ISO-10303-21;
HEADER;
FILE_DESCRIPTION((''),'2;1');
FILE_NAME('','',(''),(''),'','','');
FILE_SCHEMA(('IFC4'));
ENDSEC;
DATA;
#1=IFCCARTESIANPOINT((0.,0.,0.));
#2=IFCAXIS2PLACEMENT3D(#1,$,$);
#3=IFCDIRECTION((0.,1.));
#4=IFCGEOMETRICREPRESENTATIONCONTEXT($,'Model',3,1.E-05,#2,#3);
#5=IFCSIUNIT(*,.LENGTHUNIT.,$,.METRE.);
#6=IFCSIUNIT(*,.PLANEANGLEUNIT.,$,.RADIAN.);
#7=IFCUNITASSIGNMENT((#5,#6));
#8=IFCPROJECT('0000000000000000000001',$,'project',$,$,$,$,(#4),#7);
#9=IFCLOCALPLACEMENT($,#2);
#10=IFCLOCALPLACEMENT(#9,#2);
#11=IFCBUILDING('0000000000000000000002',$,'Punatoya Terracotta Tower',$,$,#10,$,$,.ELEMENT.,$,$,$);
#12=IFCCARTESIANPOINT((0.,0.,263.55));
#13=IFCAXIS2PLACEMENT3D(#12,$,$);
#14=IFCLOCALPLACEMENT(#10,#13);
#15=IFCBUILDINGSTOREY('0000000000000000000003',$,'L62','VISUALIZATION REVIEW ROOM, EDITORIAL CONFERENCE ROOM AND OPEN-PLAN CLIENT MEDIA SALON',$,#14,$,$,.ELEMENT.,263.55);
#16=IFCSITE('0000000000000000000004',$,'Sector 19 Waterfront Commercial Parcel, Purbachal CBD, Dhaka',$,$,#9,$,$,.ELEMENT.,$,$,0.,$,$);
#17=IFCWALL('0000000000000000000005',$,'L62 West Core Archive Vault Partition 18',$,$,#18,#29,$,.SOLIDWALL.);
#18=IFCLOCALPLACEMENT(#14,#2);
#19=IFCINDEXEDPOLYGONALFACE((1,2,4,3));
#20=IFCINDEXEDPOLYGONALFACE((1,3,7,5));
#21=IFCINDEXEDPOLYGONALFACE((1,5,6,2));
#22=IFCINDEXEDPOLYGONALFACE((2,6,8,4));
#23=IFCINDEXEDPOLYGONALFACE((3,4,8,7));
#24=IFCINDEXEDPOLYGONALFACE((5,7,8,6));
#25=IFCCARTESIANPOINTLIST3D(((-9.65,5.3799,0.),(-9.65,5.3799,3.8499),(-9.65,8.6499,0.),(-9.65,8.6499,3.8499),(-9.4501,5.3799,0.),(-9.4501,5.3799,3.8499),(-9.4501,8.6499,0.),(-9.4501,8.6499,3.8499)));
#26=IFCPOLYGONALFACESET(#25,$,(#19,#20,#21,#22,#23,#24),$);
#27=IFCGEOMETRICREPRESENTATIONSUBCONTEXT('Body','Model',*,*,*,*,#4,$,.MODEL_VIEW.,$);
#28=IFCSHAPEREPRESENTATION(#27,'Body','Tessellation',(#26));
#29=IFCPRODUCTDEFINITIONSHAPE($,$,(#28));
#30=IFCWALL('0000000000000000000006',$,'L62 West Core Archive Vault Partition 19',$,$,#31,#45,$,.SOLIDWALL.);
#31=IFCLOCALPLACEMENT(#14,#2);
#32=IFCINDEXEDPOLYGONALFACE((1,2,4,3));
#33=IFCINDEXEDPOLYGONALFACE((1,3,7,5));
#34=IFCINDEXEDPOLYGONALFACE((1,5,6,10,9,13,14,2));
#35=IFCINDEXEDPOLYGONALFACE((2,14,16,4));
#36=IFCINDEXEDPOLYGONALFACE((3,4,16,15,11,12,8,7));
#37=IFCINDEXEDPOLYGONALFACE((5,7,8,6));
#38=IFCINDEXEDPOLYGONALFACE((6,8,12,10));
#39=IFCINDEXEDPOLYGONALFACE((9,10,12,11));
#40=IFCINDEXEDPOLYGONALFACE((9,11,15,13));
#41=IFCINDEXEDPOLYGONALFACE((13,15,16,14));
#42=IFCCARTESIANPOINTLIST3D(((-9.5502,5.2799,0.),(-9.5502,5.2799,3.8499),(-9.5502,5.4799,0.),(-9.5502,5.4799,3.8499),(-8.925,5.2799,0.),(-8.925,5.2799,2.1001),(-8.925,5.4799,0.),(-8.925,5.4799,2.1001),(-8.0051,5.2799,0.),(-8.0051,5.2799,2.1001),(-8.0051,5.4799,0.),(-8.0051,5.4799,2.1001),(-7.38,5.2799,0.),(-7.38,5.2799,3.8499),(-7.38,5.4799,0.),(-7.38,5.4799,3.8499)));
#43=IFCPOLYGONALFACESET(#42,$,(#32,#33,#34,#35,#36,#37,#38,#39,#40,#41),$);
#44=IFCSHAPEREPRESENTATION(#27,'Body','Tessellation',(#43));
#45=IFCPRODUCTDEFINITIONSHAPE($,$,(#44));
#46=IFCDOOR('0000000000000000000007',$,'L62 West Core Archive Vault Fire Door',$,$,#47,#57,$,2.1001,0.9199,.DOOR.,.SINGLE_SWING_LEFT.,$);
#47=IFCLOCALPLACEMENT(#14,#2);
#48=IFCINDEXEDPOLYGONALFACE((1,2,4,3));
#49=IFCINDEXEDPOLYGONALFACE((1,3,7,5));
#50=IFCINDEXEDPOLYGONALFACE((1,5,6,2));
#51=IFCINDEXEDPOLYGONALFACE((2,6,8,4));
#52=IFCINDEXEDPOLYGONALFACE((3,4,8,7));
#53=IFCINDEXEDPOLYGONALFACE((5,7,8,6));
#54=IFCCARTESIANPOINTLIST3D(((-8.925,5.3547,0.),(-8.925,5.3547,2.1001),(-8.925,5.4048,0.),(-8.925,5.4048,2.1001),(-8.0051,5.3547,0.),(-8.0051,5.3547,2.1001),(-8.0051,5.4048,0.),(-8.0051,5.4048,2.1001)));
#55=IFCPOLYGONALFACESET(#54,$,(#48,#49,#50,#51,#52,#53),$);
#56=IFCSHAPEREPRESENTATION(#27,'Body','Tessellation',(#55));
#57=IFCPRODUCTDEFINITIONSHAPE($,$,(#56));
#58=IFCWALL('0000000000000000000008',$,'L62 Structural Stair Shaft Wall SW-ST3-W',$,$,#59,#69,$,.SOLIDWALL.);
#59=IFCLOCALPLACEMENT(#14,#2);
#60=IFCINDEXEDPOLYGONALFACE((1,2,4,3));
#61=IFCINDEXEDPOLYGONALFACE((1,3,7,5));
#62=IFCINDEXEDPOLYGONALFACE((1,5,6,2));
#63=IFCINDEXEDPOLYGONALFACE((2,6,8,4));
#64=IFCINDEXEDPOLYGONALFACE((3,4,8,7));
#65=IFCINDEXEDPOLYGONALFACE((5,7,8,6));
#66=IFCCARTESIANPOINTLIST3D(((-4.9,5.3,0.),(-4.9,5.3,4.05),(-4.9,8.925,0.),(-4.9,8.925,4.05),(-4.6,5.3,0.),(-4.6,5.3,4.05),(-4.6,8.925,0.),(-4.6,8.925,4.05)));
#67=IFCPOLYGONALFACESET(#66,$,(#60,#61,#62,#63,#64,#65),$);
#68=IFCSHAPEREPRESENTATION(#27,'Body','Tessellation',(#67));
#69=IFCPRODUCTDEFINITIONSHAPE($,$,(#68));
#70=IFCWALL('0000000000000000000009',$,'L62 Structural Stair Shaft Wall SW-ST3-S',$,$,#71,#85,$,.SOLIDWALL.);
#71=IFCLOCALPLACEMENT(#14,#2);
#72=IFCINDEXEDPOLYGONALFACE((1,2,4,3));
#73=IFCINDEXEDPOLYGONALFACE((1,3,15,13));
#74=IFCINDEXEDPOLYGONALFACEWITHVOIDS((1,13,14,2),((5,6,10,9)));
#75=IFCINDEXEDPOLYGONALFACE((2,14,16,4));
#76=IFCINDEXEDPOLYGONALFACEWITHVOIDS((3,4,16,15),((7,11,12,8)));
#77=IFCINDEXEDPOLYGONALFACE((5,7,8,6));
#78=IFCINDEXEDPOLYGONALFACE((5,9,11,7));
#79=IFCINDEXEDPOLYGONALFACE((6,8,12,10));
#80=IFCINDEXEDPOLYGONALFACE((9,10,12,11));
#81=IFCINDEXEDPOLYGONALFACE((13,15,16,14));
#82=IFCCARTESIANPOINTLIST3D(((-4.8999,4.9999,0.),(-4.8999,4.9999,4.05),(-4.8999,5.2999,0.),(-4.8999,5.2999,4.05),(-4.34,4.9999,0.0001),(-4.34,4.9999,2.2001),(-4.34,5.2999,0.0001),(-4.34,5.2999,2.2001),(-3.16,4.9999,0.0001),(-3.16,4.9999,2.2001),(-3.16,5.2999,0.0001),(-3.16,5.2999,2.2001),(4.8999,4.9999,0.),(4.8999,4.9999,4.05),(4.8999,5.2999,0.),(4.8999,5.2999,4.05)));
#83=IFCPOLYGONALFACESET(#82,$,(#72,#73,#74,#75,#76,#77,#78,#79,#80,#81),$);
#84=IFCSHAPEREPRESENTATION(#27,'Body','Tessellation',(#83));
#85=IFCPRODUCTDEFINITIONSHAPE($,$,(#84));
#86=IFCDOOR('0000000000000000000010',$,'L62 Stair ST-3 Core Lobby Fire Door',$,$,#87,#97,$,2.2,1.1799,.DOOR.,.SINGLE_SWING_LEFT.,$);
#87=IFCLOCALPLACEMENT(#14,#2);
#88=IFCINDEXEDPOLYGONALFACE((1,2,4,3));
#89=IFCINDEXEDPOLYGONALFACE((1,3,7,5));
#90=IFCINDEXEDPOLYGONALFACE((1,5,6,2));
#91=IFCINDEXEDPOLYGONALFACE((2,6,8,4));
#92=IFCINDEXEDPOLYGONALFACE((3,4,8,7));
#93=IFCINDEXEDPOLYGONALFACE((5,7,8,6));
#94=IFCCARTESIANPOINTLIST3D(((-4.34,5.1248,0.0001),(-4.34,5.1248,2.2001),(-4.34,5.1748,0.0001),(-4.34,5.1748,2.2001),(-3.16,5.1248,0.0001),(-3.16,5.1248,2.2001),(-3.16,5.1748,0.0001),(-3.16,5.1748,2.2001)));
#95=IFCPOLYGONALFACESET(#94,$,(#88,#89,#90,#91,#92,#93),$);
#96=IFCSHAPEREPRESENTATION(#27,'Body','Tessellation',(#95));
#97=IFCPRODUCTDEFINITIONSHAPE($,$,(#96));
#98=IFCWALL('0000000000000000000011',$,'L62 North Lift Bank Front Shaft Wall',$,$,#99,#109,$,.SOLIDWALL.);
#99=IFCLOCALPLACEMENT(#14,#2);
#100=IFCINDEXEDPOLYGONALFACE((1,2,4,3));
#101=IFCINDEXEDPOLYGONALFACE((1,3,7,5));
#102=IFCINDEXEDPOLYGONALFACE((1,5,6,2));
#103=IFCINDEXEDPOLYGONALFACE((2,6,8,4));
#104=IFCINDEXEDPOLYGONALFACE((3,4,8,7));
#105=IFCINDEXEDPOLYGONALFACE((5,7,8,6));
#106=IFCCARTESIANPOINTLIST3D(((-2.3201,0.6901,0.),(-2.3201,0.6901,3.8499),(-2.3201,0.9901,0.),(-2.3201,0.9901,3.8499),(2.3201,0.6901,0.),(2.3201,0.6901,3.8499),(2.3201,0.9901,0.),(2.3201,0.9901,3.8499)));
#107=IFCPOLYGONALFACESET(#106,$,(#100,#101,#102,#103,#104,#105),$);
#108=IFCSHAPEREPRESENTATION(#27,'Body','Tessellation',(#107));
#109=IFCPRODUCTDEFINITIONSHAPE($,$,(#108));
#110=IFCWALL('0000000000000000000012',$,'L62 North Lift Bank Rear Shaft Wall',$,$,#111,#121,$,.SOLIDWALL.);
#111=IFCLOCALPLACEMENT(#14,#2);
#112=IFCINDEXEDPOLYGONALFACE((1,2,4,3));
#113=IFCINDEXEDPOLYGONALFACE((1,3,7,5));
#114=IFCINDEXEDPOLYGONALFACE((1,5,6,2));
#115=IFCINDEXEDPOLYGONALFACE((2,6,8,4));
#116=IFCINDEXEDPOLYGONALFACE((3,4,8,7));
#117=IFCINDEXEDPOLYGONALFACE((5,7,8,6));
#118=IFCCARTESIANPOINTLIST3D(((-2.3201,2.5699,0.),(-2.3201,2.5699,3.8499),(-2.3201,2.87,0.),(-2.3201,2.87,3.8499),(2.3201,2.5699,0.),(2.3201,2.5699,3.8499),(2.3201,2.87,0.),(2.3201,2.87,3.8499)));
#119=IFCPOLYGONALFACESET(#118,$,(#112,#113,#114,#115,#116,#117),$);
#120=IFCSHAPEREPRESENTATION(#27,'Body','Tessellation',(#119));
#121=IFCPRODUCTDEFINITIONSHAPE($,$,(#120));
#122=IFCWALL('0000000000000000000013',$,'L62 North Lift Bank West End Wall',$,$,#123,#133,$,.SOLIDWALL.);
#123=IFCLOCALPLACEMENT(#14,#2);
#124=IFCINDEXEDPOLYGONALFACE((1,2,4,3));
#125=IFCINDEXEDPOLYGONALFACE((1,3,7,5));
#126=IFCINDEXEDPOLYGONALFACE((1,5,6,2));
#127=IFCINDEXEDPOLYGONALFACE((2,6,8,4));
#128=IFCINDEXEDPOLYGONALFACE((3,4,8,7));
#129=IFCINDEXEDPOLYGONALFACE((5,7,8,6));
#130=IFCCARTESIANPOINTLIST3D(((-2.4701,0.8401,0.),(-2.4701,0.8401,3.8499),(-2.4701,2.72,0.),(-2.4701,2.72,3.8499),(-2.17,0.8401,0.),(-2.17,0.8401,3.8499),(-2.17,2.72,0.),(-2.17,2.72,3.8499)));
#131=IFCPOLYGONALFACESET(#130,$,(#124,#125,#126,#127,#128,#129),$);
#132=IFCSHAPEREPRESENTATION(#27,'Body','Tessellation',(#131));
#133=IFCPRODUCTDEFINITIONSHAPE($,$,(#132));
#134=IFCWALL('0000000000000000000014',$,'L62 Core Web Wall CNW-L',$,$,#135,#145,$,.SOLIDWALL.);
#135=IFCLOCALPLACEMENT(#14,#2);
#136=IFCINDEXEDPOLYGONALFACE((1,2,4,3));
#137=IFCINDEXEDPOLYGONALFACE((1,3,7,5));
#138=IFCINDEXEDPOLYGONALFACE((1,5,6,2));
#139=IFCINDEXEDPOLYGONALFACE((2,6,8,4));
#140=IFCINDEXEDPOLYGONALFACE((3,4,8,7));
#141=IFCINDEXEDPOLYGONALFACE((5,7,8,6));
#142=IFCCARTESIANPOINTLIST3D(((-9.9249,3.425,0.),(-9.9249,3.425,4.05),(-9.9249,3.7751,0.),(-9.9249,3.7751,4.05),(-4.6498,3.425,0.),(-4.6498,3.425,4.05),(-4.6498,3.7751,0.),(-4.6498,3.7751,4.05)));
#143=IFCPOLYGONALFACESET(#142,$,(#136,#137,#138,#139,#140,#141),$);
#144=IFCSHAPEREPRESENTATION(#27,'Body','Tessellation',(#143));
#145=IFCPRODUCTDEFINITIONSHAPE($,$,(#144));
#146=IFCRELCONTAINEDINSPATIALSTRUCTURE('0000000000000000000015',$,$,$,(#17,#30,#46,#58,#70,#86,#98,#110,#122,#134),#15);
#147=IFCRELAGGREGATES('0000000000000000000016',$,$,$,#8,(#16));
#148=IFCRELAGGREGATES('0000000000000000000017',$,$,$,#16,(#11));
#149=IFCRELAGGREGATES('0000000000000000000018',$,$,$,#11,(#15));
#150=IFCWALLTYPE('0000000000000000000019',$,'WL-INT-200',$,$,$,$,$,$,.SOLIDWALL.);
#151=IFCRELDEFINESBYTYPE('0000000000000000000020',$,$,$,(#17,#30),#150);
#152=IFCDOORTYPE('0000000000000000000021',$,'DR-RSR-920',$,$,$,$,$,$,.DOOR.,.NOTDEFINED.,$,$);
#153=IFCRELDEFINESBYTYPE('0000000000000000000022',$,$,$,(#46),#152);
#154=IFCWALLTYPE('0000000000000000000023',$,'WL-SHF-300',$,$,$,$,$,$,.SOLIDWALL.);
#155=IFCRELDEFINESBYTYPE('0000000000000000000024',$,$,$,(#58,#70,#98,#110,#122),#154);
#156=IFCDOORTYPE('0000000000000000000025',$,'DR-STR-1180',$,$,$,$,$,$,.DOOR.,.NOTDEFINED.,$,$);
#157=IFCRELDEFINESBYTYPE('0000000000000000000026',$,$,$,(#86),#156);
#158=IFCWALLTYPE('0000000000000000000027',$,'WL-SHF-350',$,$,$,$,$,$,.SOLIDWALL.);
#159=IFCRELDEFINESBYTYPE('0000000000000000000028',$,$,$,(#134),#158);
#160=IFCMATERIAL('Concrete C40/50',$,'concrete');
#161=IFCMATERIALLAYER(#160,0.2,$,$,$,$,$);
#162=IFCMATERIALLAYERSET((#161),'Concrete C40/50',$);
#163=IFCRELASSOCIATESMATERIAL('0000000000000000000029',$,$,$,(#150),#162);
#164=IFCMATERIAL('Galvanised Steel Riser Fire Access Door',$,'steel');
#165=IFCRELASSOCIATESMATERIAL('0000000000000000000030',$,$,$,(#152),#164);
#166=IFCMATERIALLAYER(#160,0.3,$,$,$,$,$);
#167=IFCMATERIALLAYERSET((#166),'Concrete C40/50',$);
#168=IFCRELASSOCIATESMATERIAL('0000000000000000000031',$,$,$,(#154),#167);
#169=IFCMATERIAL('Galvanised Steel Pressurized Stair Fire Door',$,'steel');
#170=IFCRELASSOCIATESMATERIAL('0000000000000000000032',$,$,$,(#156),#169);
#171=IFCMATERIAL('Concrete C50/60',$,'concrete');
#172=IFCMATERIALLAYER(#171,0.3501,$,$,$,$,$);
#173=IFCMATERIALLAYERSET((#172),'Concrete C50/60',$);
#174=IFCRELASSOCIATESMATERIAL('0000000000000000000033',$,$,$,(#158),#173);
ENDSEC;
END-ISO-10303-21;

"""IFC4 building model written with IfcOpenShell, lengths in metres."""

from ifc_helpers import new_model, si_unit, direction, frame, frame_2d, origin, place, context, subcontext, project, spatial, rectangle, extrude, material, layer, layer_set, type_object, element, fill, save


model = new_model("IFC4")

# Units and contexts
model_context = context("Model", 3, precision=1e-05, world=origin(), true_north=direction((0.0, 1.0)))
body_context = subcontext(model_context, "Body", "Model", "MODEL_VIEW")
ifc_project = project(units=[si_unit("LENGTHUNIT", "METRE"), si_unit("PLANEANGLEUNIT", "RADIAN")], contexts=[model_context])

# Site, building, storey
site_placement = place(None, origin())
site = spatial("IfcSite", under=ifc_project, at=site_placement, Name="Sector 19 Waterfront Commercial Parcel, Purbachal CBD, Dhaka", CompositionType="ELEMENT", RefElevation=0.0)
building_placement = place(site_placement, origin())
building = spatial("IfcBuilding", under=site, at=building_placement, Name="Punatoya Terracotta Tower", CompositionType="ELEMENT")
storey_placement = place(building_placement, frame((0.0, 0.0, 263.55)))
storey = spatial("IfcBuildingStorey", under=building, at=storey_placement, Name="L62", Description="VISUALIZATION REVIEW ROOM, EDITORIAL CONFERENCE ROOM AND OPEN-PLAN CLIENT MEDIA SALON", CompositionType="ELEMENT", Elevation=263.55)

# Shared definitions
ifc_material_1 = material(Name="Concrete C50/60", Category="concrete")

# Shared definitions
ifc_material_2 = material(Name="Concrete C40/50", Category="concrete")

# Wall
ifc_layer_1 = layer(ifc_material_2, 0.2)
ifc_layer_set_1 = layer_set([ifc_layer_1], Name="Concrete C40/50")
wall_type_1 = type_object("IfcWallType", Name="WL-INT-200", PredefinedType="SOLIDWALL", material=ifc_layer_set_1)
wall_1_placement = place(storey_placement, frame((-9.55, 8.6499, 0.0), z_axis=(0.0, 0.0, 1.0), x_axis=(0.0, -1.0, 0.0)))
element("IfcWall", 1, at=wall_1_placement, inside=storey, type_object=wall_type_1, Name="L62 West Core Archive Vault Partition 18", PredefinedType="SOLIDWALL", context=body_context, shape_type="SweptSolid", body=[
    extrude(rectangle(XDim=3.27, YDim=0.2, at=frame_2d((1.635, 0.0))), origin(), (0.0, 0.0, 1.0), 3.8499),
])

# Wall, opening, door
wall_2_placement = place(storey_placement, frame((-9.55, 5.3799, 0.0), z_axis=(0.0, 0.0, 1.0), x_axis=(1.0, 0.0, 0.0)))
wall_2 = element("IfcWall", 2, at=wall_2_placement, inside=storey, type_object=wall_type_1, Name="L62 West Core Archive Vault Partition 19", PredefinedType="SOLIDWALL", context=body_context, shape_type="SweptSolid", body=[
    extrude(rectangle(XDim=2.1702, YDim=0.2, at=frame_2d((1.085, 0.0))), origin(), (0.0, 0.0, 1.0), 3.8499),
])
opening_1_placement = place(wall_2_placement, frame((0.625, 0.0, 0.0)))
opening_1 = element("IfcOpeningElement", 3, at=opening_1_placement, cuts=wall_2, PredefinedType="OPENING", context=body_context, shape_type="SweptSolid", body=[
    extrude(rectangle(XDim=0.9199, YDim=2.1001, at=frame_2d((0.46, 1.05))), frame((0.0, 0.1099, 0.0), z_axis=(0.0, -1.0, 0.0), x_axis=(1.0, 0.0, 0.0)), (0.0, 0.0, 1.0), 0.22),
])
ifc_material_3 = material(Name="Galvanised Steel Riser Fire Access Door", Category="steel")
door_type_1 = type_object("IfcDoorType", Name="DR-RSR-920", OperationType="NOTDEFINED", PredefinedType="DOOR", material=ifc_material_3)
door_1_placement = place(opening_1_placement, origin())
door_1 = element("IfcDoor", 4, at=door_1_placement, inside=storey, type_object=door_type_1, Name="L62 West Core Archive Vault Fire Door", OperationType="SINGLE_SWING_LEFT", OverallHeight=2.1001, OverallWidth=0.9199, PredefinedType="DOOR", context=body_context, shape_type="SweptSolid", body=[
    extrude(rectangle(XDim=0.9199, YDim=2.1001, at=frame_2d((0.46, 1.05))), frame((0.0, 0.0249, 0.0), z_axis=(0.0, -1.0, 0.0), x_axis=(1.0, 0.0, 0.0)), (0.0, 0.0, 1.0), 0.05),
])
fill(opening_1, door_1)

# Wall
ifc_layer_2 = layer(ifc_material_2, 0.3)
ifc_layer_set_2 = layer_set([ifc_layer_2], Name="Concrete C40/50")
wall_type_2 = type_object("IfcWallType", Name="WL-SHF-300", PredefinedType="SOLIDWALL", material=ifc_layer_set_2)
wall_3_placement = place(storey_placement, frame((-4.75, 5.3, 0.0), z_axis=(0.0, 0.0, 1.0), x_axis=(0.0, 1.0, 0.0)))
element("IfcWall", 5, at=wall_3_placement, inside=storey, type_object=wall_type_2, Name="L62 Structural Stair Shaft Wall SW-ST3-W", PredefinedType="SOLIDWALL", context=body_context, shape_type="SweptSolid", body=[
    extrude(rectangle(XDim=3.625, YDim=0.3, at=frame_2d((1.8125, 0.0))), origin(), (0.0, 0.0, 1.0), 4.05),
])

# Wall, opening, door
wall_4_placement = place(storey_placement, frame((-4.8999, 5.1499, 0.0), z_axis=(0.0, 0.0, 1.0), x_axis=(1.0, 0.0, 0.0)))
wall_4 = element("IfcWall", 6, at=wall_4_placement, inside=storey, type_object=wall_type_2, Name="L62 Structural Stair Shaft Wall SW-ST3-S", PredefinedType="SOLIDWALL", context=body_context, shape_type="SweptSolid", body=[
    extrude(rectangle(XDim=9.7998, YDim=0.3, at=frame_2d((4.8999, 0.0))), origin(), (0.0, 0.0, 1.0), 4.05),
])
opening_2_placement = place(wall_4_placement, frame((0.5601, 0.0, 0.0)))
opening_2 = element("IfcOpeningElement", 7, at=opening_2_placement, cuts=wall_4, PredefinedType="OPENING", context=body_context, shape_type="SweptSolid", body=[
    extrude(rectangle(XDim=1.1799, YDim=2.2, at=frame_2d((0.5898, 1.1001))), frame((0.0, 0.1599, 0.0), z_axis=(0.0, -1.0, 0.0), x_axis=(1.0, 0.0, 0.0)), (0.0, 0.0, 1.0), 0.3201),
])
ifc_material_4 = material(Name="Galvanised Steel Pressurized Stair Fire Door", Category="steel")
door_type_2 = type_object("IfcDoorType", Name="DR-STR-1180", OperationType="NOTDEFINED", PredefinedType="DOOR", material=ifc_material_4)
door_2_placement = place(opening_2_placement, origin())
door_2 = element("IfcDoor", 8, at=door_2_placement, inside=storey, type_object=door_type_2, Name="L62 Stair ST-3 Core Lobby Fire Door", OperationType="SINGLE_SWING_LEFT", OverallHeight=2.2, OverallWidth=1.1799, PredefinedType="DOOR", context=body_context, shape_type="SweptSolid", body=[
    extrude(rectangle(XDim=1.1799, YDim=2.2, at=frame_2d((0.5898, 1.1001))), frame((0.0, 0.0249, 0.0), z_axis=(0.0, -1.0, 0.0), x_axis=(1.0, 0.0, 0.0)), (0.0, 0.0, 1.0), 0.05),
])
fill(opening_2, door_2)

# Walls
for number, where, z_axis, x_axis, name in (
    (9, (-2.3201, 0.8401, 0.0), (0.0, 0.0, 1.0), (1.0, 0.0, 0.0), "L62 North Lift Bank Front Shaft Wall"),
    (10, (-2.3201, 2.72, 0.0), (0.0, 0.0, 1.0), (1.0, 0.0, 0.0), "L62 North Lift Bank Rear Shaft Wall"),
):
    element("IfcWall", number, at=place(storey_placement, frame(where, z_axis=z_axis, x_axis=x_axis)), inside=storey, type_object=wall_type_2, Name=name, PredefinedType="SOLIDWALL", context=body_context, shape_type="SweptSolid", body=[
        extrude(rectangle(XDim=4.6401, YDim=0.3, at=frame_2d((2.3201, 0.0))), origin(), (0.0, 0.0, 1.0), 3.8499),
    ])
wall_5_placement = place(storey_placement, frame((-2.3201, 0.8401, 0.0), z_axis=(0.0, 0.0, 1.0), x_axis=(0.0, 1.0, 0.0)))
element("IfcWall", 11, at=wall_5_placement, inside=storey, type_object=wall_type_2, Name="L62 North Lift Bank West End Wall", PredefinedType="SOLIDWALL", context=body_context, shape_type="SweptSolid", body=[
    extrude(rectangle(XDim=1.8799, YDim=0.3, at=frame_2d((0.9399, 0.0))), origin(), (0.0, 0.0, 1.0), 3.8499),
])
ifc_layer_3 = layer(ifc_material_1, 0.3501)
ifc_layer_set_3 = layer_set([ifc_layer_3], Name="Concrete C50/60")
wall_type_3 = type_object("IfcWallType", Name="WL-SHF-350", PredefinedType="SOLIDWALL", material=ifc_layer_set_3)
wall_6_placement = place(storey_placement, frame((-9.925, 3.6001, 0.0), z_axis=(0.0, 0.0, 1.0), x_axis=(1.0, 0.0, 0.0)))
element("IfcWall", 12, at=wall_6_placement, inside=storey, type_object=wall_type_3, Name="L62 Core Web Wall CNW-L", PredefinedType="SOLIDWALL", context=body_context, shape_type="SweptSolid", body=[
    extrude(rectangle(XDim=5.2751, YDim=0.3501, at=frame_2d((2.6377, 0.0))), origin(), (0.0, 0.0, 1.0), 4.05),
])

save(model, "model.ifc")
